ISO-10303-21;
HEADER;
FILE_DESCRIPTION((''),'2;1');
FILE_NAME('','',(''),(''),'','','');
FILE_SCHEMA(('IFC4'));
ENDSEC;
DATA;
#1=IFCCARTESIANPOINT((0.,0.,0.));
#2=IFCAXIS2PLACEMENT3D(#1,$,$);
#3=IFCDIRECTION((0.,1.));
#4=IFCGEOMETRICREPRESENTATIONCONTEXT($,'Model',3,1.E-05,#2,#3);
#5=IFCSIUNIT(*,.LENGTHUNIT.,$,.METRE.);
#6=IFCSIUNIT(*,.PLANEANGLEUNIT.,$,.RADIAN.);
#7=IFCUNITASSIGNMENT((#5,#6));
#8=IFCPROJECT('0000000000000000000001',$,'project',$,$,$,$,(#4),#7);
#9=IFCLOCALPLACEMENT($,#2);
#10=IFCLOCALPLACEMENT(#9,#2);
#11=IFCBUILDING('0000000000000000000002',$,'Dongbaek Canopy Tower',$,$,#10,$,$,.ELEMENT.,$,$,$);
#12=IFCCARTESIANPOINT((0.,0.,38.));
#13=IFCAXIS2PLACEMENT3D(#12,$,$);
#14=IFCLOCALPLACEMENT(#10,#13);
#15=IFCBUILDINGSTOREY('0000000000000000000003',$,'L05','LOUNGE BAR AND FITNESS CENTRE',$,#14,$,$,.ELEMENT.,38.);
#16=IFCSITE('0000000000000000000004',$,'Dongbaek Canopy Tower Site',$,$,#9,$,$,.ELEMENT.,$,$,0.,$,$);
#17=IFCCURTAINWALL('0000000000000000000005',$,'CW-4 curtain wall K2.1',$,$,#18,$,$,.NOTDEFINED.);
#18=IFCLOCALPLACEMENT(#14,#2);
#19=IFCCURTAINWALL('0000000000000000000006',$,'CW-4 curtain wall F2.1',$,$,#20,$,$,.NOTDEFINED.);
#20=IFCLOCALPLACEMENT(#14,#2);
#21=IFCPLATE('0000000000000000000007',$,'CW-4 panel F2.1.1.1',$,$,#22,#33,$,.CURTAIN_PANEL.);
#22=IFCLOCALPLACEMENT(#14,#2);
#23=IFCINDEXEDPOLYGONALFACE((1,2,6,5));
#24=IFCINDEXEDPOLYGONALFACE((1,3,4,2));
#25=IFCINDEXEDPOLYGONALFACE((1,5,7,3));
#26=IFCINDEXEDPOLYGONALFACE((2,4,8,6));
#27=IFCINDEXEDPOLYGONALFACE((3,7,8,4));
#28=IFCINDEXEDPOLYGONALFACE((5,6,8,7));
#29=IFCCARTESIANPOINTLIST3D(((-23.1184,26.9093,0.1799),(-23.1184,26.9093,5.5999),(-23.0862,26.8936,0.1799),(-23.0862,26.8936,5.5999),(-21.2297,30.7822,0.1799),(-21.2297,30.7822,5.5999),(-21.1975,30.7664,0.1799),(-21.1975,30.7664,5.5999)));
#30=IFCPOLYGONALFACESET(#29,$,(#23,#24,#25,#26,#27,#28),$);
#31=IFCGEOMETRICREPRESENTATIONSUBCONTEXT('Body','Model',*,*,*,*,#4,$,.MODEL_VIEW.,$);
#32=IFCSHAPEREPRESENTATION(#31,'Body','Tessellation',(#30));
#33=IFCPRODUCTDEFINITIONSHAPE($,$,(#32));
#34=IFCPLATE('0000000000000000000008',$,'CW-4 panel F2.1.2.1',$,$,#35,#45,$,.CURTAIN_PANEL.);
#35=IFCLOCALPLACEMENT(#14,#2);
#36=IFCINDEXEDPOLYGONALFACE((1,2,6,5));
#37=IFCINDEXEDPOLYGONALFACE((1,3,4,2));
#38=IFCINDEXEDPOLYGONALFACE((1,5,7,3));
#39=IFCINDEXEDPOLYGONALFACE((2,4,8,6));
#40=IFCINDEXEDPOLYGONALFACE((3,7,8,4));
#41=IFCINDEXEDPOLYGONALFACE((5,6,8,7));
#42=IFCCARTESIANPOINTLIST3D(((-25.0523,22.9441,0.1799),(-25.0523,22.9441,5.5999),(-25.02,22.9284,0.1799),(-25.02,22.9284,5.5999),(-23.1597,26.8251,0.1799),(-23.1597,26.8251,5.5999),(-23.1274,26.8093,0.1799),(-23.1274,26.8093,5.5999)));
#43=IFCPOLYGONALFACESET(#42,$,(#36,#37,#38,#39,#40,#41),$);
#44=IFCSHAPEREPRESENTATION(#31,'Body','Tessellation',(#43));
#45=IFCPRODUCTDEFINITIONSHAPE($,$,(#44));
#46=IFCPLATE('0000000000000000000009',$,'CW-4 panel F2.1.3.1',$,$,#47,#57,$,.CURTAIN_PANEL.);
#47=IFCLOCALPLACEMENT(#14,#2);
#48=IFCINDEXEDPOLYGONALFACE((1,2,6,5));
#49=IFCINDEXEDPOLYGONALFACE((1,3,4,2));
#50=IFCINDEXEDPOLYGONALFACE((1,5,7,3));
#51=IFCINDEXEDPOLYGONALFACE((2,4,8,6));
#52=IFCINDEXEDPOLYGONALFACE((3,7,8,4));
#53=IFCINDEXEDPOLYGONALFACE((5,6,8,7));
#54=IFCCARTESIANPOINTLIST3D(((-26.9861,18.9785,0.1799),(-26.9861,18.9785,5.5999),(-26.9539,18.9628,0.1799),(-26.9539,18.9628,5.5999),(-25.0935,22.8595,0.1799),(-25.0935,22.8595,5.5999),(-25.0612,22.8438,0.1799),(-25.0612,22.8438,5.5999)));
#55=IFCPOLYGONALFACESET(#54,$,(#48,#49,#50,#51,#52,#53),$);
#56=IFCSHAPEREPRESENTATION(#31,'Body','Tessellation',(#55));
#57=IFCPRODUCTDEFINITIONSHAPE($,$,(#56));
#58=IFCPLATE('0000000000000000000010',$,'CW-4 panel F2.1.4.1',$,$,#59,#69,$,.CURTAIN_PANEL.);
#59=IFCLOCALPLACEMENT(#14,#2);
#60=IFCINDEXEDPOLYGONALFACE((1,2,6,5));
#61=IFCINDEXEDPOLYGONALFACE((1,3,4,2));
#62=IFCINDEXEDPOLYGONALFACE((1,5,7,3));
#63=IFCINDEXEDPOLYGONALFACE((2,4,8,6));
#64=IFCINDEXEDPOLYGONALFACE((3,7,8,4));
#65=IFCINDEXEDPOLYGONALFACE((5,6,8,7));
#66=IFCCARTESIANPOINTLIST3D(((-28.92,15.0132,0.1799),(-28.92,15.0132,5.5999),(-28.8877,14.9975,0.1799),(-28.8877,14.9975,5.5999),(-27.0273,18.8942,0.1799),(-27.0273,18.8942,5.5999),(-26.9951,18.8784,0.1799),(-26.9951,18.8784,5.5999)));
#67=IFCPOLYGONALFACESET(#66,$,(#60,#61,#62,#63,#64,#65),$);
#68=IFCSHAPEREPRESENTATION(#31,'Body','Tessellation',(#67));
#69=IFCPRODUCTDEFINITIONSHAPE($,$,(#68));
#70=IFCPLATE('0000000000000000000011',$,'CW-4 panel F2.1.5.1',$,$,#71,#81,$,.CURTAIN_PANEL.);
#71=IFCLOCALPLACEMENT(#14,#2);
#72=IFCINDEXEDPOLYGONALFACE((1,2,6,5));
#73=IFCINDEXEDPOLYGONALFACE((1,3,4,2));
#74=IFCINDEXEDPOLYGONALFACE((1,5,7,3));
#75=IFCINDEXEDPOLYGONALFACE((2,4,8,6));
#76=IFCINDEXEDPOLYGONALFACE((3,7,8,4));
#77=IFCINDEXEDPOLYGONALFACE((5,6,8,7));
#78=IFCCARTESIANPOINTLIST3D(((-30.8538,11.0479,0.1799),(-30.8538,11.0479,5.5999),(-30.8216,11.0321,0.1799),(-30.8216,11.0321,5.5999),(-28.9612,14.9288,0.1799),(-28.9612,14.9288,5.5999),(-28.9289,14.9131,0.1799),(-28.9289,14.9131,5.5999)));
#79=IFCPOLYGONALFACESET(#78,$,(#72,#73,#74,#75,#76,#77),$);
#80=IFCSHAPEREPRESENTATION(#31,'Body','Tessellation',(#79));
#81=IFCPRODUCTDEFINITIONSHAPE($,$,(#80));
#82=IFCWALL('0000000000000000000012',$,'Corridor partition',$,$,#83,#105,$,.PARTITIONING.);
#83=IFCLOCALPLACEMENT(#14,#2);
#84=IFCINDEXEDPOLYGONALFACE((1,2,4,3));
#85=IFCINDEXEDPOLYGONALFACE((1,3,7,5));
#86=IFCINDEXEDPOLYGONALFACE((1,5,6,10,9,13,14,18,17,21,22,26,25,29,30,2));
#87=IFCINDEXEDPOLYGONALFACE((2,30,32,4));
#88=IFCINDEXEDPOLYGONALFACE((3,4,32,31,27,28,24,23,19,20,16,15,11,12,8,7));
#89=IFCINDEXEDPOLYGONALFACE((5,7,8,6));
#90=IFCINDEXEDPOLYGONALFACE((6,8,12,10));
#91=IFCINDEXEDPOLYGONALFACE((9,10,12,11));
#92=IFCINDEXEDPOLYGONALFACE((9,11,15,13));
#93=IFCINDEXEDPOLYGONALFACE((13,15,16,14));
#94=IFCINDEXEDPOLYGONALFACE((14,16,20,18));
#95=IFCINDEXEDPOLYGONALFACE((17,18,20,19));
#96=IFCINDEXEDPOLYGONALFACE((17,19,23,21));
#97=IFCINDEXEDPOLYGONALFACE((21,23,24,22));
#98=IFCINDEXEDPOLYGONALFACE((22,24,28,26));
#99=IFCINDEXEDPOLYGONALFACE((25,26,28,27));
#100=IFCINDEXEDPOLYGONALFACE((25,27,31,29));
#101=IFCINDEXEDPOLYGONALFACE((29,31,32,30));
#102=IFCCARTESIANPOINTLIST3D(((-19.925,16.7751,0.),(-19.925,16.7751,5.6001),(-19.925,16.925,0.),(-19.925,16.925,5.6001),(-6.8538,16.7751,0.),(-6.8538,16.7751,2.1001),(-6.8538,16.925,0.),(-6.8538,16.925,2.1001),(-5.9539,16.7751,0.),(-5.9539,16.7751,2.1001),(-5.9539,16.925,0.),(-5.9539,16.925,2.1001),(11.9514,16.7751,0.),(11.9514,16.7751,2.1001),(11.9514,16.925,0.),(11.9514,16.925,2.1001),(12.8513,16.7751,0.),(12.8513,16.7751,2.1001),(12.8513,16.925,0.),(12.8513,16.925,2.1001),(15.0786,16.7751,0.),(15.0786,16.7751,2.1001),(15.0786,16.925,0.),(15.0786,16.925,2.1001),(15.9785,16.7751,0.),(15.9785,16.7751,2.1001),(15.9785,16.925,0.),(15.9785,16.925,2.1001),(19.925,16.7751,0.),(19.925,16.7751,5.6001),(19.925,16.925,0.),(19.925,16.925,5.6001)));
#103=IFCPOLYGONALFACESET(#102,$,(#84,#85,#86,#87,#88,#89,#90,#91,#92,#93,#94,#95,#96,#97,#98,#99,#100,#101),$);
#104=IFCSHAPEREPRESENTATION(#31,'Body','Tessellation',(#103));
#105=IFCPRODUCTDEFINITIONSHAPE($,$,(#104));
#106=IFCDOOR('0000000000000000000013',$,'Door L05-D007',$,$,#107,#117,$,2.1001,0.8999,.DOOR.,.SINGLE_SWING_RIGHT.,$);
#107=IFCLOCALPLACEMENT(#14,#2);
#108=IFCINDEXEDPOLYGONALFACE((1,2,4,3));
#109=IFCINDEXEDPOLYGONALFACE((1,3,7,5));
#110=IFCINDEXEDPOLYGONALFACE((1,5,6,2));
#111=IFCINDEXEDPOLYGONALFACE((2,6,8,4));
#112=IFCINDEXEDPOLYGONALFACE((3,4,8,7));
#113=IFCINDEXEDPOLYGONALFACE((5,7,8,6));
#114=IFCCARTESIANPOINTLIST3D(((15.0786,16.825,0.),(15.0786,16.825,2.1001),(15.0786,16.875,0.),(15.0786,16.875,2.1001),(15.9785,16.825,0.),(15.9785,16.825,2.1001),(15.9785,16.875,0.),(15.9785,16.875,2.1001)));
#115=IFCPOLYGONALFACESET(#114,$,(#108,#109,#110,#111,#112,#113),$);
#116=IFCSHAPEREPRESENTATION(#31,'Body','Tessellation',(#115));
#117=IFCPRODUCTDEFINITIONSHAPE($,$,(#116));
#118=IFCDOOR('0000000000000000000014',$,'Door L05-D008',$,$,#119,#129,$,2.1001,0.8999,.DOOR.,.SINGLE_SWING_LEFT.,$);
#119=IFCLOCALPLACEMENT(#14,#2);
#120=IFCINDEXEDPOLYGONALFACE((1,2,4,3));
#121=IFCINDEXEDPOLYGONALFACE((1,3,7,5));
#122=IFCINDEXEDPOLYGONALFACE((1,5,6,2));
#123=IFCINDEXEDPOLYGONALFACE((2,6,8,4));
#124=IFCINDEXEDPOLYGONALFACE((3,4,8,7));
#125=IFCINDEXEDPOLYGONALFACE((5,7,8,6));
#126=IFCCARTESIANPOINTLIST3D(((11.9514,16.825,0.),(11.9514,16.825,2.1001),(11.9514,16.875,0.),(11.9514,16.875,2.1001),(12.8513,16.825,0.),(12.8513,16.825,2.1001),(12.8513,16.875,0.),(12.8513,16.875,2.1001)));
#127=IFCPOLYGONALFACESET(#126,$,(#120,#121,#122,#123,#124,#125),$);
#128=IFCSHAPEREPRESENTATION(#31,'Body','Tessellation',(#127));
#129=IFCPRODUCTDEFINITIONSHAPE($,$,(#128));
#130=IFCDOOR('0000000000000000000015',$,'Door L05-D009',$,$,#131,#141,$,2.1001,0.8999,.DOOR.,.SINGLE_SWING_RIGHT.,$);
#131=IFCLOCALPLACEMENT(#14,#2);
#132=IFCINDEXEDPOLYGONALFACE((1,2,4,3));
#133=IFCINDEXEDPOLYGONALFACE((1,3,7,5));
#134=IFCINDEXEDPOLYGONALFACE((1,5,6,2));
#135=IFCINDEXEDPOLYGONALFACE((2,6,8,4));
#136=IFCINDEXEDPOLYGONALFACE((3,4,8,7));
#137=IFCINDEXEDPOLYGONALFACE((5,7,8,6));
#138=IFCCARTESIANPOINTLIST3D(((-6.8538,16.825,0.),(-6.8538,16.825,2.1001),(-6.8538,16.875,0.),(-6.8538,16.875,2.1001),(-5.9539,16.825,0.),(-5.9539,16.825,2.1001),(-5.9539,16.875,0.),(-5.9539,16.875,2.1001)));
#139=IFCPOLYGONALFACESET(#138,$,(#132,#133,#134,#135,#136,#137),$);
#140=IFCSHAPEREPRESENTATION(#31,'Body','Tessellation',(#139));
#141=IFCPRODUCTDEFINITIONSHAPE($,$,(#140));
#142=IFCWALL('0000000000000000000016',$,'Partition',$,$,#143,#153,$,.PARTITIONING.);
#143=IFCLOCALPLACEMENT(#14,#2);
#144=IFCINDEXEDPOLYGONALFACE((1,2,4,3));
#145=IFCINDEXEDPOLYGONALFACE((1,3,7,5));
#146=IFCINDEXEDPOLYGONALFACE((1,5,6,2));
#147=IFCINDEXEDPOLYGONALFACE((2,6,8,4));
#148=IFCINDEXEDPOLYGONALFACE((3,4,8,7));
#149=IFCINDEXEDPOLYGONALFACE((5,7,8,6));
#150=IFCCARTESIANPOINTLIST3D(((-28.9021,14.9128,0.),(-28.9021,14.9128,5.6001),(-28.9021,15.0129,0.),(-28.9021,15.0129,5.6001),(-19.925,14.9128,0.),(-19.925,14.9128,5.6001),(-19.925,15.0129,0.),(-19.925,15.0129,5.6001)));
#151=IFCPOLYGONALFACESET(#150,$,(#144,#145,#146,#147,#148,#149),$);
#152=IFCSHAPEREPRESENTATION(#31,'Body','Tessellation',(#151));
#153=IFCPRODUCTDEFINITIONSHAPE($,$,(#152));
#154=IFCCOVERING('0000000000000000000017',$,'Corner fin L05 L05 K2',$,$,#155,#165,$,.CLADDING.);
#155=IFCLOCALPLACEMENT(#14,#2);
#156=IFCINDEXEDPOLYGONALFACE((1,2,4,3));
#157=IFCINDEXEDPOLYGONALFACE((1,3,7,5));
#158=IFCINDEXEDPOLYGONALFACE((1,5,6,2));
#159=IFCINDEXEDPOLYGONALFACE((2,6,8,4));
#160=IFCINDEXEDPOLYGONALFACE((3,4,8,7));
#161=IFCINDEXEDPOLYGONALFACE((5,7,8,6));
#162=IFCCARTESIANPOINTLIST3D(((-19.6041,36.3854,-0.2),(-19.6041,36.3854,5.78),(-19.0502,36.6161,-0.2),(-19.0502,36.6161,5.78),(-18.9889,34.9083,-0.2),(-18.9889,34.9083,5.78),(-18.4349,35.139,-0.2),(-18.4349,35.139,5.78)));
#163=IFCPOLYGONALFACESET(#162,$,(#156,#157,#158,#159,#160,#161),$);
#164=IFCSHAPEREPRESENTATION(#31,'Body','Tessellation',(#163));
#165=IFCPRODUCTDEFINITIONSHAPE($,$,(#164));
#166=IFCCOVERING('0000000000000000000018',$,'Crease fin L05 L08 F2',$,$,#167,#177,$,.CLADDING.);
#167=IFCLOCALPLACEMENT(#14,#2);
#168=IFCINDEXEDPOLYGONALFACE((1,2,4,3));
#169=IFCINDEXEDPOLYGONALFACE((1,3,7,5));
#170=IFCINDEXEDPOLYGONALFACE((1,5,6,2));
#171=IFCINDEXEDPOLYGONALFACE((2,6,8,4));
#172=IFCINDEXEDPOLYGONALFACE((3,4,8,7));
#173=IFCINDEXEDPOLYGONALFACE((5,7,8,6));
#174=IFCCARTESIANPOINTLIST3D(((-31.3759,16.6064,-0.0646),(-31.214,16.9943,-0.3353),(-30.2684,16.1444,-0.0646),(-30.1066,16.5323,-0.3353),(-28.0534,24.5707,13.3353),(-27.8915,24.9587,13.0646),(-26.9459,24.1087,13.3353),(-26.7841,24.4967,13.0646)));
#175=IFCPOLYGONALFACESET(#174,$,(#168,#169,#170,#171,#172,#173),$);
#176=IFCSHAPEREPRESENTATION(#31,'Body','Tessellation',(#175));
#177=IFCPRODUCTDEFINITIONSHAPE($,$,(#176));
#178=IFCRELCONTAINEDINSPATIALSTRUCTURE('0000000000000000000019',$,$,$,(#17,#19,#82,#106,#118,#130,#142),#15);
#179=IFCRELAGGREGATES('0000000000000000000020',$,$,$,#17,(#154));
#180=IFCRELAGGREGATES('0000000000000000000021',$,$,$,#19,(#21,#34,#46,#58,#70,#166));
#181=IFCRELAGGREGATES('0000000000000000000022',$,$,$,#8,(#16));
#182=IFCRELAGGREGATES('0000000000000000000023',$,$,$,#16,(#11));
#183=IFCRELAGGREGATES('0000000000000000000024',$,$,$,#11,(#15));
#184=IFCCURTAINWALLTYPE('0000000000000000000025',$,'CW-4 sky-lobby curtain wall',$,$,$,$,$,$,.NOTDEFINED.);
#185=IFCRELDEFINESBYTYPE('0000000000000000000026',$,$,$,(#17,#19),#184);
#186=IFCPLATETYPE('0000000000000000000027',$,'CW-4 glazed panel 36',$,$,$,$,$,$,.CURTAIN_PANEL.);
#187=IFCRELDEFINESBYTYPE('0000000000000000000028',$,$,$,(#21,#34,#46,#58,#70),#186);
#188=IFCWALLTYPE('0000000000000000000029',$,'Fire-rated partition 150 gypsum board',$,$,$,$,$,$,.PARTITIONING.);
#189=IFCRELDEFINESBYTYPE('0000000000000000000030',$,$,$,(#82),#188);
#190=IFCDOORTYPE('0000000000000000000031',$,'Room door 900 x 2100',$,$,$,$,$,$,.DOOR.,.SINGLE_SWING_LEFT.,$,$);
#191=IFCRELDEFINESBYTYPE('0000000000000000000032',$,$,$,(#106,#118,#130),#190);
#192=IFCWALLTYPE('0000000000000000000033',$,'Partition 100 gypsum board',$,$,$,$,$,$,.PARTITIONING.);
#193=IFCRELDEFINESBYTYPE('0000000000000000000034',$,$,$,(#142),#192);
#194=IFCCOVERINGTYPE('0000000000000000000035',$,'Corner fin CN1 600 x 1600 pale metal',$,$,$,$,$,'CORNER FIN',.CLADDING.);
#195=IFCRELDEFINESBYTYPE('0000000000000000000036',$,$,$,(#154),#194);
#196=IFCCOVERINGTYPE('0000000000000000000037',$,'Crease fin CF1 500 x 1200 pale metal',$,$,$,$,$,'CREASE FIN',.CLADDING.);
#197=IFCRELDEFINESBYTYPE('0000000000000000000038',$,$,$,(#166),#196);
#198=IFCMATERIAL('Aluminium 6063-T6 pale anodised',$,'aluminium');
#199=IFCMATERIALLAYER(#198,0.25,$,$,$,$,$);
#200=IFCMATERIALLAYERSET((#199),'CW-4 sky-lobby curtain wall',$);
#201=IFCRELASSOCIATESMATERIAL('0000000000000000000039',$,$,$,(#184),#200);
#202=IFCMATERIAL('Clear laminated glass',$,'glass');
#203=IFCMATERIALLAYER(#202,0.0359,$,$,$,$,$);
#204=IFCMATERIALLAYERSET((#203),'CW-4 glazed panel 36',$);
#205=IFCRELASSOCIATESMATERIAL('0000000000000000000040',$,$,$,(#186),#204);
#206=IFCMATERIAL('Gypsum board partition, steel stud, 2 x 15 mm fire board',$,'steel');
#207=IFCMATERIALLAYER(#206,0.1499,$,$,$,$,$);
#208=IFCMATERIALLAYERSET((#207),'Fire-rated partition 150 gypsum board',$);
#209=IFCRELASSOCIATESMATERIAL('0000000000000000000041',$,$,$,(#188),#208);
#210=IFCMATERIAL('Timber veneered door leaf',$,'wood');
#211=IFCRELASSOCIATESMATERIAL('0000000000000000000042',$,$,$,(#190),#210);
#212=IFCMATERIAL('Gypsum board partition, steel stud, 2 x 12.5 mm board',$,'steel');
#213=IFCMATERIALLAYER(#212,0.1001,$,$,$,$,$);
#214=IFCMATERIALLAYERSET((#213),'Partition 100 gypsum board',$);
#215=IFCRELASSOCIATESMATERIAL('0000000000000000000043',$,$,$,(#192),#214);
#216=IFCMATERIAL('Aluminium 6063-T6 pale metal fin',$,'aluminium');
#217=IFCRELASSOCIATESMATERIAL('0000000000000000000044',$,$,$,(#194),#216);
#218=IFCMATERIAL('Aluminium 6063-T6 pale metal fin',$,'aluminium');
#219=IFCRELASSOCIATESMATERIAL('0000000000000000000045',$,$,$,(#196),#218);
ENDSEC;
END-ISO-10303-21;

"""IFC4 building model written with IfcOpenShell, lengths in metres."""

from ifc_helpers import new_model, si_unit, direction, frame, frame_2d, origin, origin_2d, place, context, subcontext, project, spatial, rectangle, extrude, material, layer, layer_set, material_profile, profile_set, type_object, element, fill, aggregate, save


model = new_model("IFC4")

# Units and contexts
model_context = context("Model", 3, precision=1e-05, world=origin(), true_north=direction((0.0, 1.0)))
body_context = subcontext(model_context, "Body", "Model", "MODEL_VIEW")
ifc_project = project(units=[si_unit("LENGTHUNIT", "METRE"), si_unit("PLANEANGLEUNIT", "RADIAN")], contexts=[model_context])

# Site, building, storey
site_placement = place(None, origin())
site = spatial("IfcSite", under=ifc_project, at=site_placement, Name="Dongbaek Canopy Tower Site", CompositionType="ELEMENT", RefElevation=0.0)
building_placement = place(site_placement, origin())
building = spatial("IfcBuilding", under=site, at=building_placement, Name="Dongbaek Canopy Tower", CompositionType="ELEMENT")
storey_placement = place(building_placement, frame((0.0, 0.0, 38.0)))
storey = spatial("IfcBuildingStorey", under=building, at=storey_placement, Name="L05", Description="LOUNGE BAR AND FITNESS CENTRE", CompositionType="ELEMENT", Elevation=38.0)

# Curtain walls
ifc_material_1 = material(Name="Aluminium 6063-T6 pale anodised", Category="aluminium")
ifc_layer_1 = layer(ifc_material_1, 0.25)
ifc_layer_set_1 = layer_set([ifc_layer_1], Name="CW-4 sky-lobby curtain wall")
curtain_wall_type = type_object("IfcCurtainWallType", Name="CW-4 sky-lobby curtain wall", PredefinedType="NOTDEFINED", material=ifc_layer_set_1)
curtain_wall_1_placement = place(storey_placement, origin())
curtain_wall_1 = element("IfcCurtainWall", 1, at=curtain_wall_1_placement, inside=storey, type_object=curtain_wall_type, Name="CW-4 curtain wall K2.1", PredefinedType="NOTDEFINED")
curtain_wall_2_placement = place(storey_placement, origin())
curtain_wall_2 = element("IfcCurtainWall", 2, at=curtain_wall_2_placement, inside=storey, type_object=curtain_wall_type, Name="CW-4 curtain wall F2.1", PredefinedType="NOTDEFINED")

# Plates
ifc_material_2 = material(Name="Clear laminated glass", Category="glass")
ifc_layer_2 = layer(ifc_material_2, 0.0359)
ifc_layer_set_2 = layer_set([ifc_layer_2], Name="CW-4 glazed panel 36")
plate_type = type_object("IfcPlateType", Name="CW-4 glazed panel 36", PredefinedType="CURTAIN_PANEL", material=ifc_layer_set_2)
plate_1_placement = place(storey_placement, frame((-22.158, 28.8379, 0.1799), z_axis=(0.0, 0.0, 1.0), x_axis=(-0.438328, -0.898815, 0.0)))
plate_1 = element("IfcPlate", 3, at=plate_1_placement, type_object=plate_type, Name="CW-4 panel F2.1.1.1", PredefinedType="CURTAIN_PANEL", context=body_context, shape_type="SweptSolid", body=[
    extrude(rectangle(XDim=4.3088, YDim=0.0359, at=origin_2d()), origin(), (0.0, 0.0, 1.0), 5.4199),
])
plate_2_placement = place(storey_placement, frame((-24.0898, 24.8767, 0.1799), z_axis=(0.0, 0.0, 1.0), x_axis=(-0.438328, -0.898815, 0.0)))
plate_2 = element("IfcPlate", 4, at=plate_2_placement, type_object=plate_type, Name="CW-4 panel F2.1.2.1", PredefinedType="CURTAIN_PANEL", context=body_context, shape_type="SweptSolid", body=[
    extrude(rectangle(XDim=4.3179, YDim=0.0359, at=origin_2d()), origin(), (0.0, 0.0, 1.0), 5.4199),
])
plate_3_placement = place(storey_placement, frame((-26.0237, 20.9111, 0.1799), z_axis=(0.0, 0.0, 1.0), x_axis=(-0.438328, -0.898815, 0.0)))
plate_3 = element("IfcPlate", 5, at=plate_3_placement, type_object=plate_type, Name="CW-4 panel F2.1.3.1", PredefinedType="CURTAIN_PANEL", context=body_context, shape_type="SweptSolid", body=[
    extrude(rectangle(XDim=4.3179, YDim=0.0359, at=origin_2d()), origin(), (0.0, 0.0, 1.0), 5.4199),
])
plate_4_placement = place(storey_placement, frame((-27.9575, 16.9458, 0.1799), z_axis=(0.0, 0.0, 1.0), x_axis=(-0.438328, -0.898815, 0.0)))
plate_4 = element("IfcPlate", 6, at=plate_4_placement, type_object=plate_type, Name="CW-4 panel F2.1.4.1", PredefinedType="CURTAIN_PANEL", context=body_context, shape_type="SweptSolid", body=[
    extrude(rectangle(XDim=4.3179, YDim=0.0359, at=origin_2d()), origin(), (0.0, 0.0, 1.0), 5.4199),
])
plate_5_placement = place(storey_placement, frame((-29.8914, 12.9805, 0.1799), z_axis=(0.0, 0.0, 1.0), x_axis=(-0.438328, -0.898815, 0.0)))
plate_5 = element("IfcPlate", 7, at=plate_5_placement, type_object=plate_type, Name="CW-4 panel F2.1.5.1", PredefinedType="CURTAIN_PANEL", context=body_context, shape_type="SweptSolid", body=[
    extrude(rectangle(XDim=4.3179, YDim=0.0359, at=origin_2d()), origin(), (0.0, 0.0, 1.0), 5.4199),
])

# Wall, openings, doors
ifc_material_3 = material(Name="Gypsum board partition, steel stud, 2 x 15 mm fire board", Category="steel")
ifc_layer_3 = layer(ifc_material_3, 0.1499)
ifc_layer_set_3 = layer_set([ifc_layer_3], Name="Fire-rated partition 150 gypsum board")
wall_type_1 = type_object("IfcWallType", Name="Fire-rated partition 150 gypsum board", PredefinedType="PARTITIONING", material=ifc_layer_set_3)
wall_1_placement = place(storey_placement, frame((-19.925, 16.8501, 0.0), z_axis=(0.0, 0.0, 1.0), x_axis=(1.0, 0.0, 0.0)))
wall_1 = element("IfcWall", 8, at=wall_1_placement, inside=storey, type_object=wall_type_1, Name="Corridor partition", PredefinedType="PARTITIONING", context=body_context, shape_type="SweptSolid", body=[
    extrude(rectangle(XDim=39.8501, YDim=0.1499, at=frame_2d((19.925, 0.0))), origin(), (0.0, 0.0, 1.0), 5.6001),
])
opening_1_placement = place(wall_1_placement, frame((35.0037, 0.0, 0.0)))
opening_1 = element("IfcOpeningElement", 9, at=opening_1_placement, cuts=wall_1, PredefinedType="OPENING", context=body_context, shape_type="SweptSolid", body=[
    extrude(rectangle(XDim=0.8999, YDim=2.1001, at=frame_2d((0.45, 1.05))), frame((0.0, 0.085, 0.0), z_axis=(0.0, -1.0, 0.0), x_axis=(1.0, 0.0, 0.0)), (0.0, 0.0, 1.0), 0.1699),
])
opening_2_placement = place(wall_1_placement, frame((31.8765, 0.0, 0.0)))
opening_2 = element("IfcOpeningElement", 10, at=opening_2_placement, cuts=wall_1, PredefinedType="OPENING", context=body_context, shape_type="SweptSolid", body=[
    extrude(rectangle(XDim=0.8999, YDim=2.1001, at=frame_2d((0.45, 1.05))), frame((0.0, 0.085, 0.0), z_axis=(0.0, -1.0, 0.0), x_axis=(1.0, 0.0, 0.0)), (0.0, 0.0, 1.0), 0.1699),
])
opening_3_placement = place(wall_1_placement, frame((13.0713, 0.0, 0.0)))
opening_3 = element("IfcOpeningElement", 11, at=opening_3_placement, cuts=wall_1, PredefinedType="OPENING", context=body_context, shape_type="SweptSolid", body=[
    extrude(rectangle(XDim=0.8999, YDim=2.1001, at=frame_2d((0.45, 1.05))), frame((0.0, 0.085, 0.0), z_axis=(0.0, -1.0, 0.0), x_axis=(1.0, 0.0, 0.0)), (0.0, 0.0, 1.0), 0.1699),
])
ifc_material_4 = material(Name="Timber veneered door leaf", Category="wood")
door_type = type_object("IfcDoorType", Name="Room door 900 x 2100", OperationType="SINGLE_SWING_LEFT", PredefinedType="DOOR", material=ifc_material_4)
door_1_placement = place(opening_1_placement, origin())
door_1 = element("IfcDoor", 12, at=door_1_placement, inside=storey, type_object=door_type, Name="Door L05-D007", OperationType="SINGLE_SWING_RIGHT", OverallHeight=2.1001, OverallWidth=0.8999, PredefinedType="DOOR", context=body_context, shape_type="SweptSolid", body=[
    extrude(rectangle(XDim=0.8999, YDim=2.1001, at=frame_2d((0.45, 1.05))), frame((0.0, 0.0249, 0.0), z_axis=(0.0, -1.0, 0.0), x_axis=(1.0, 0.0, 0.0)), (0.0, 0.0, 1.0), 0.05),
])
fill(opening_1, door_1)
door_2_placement = place(opening_2_placement, origin())
door_2 = element("IfcDoor", 13, at=door_2_placement, inside=storey, type_object=door_type, Name="Door L05-D008", OperationType="SINGLE_SWING_LEFT", OverallHeight=2.1001, OverallWidth=0.8999, PredefinedType="DOOR", context=body_context, shape_type="SweptSolid", body=[
    extrude(rectangle(XDim=0.8999, YDim=2.1001, at=frame_2d((0.45, 1.05))), frame((0.0, 0.0249, 0.0), z_axis=(0.0, -1.0, 0.0), x_axis=(1.0, 0.0, 0.0)), (0.0, 0.0, 1.0), 0.05),
])
fill(opening_2, door_2)
door_3_placement = place(opening_3_placement, origin())
door_3 = element("IfcDoor", 14, at=door_3_placement, inside=storey, type_object=door_type, Name="Door L05-D009", OperationType="SINGLE_SWING_RIGHT", OverallHeight=2.1001, OverallWidth=0.8999, PredefinedType="DOOR", context=body_context, shape_type="SweptSolid", body=[
    extrude(rectangle(XDim=0.8999, YDim=2.1001, at=frame_2d((0.45, 1.05))), frame((0.0, 0.0249, 0.0), z_axis=(0.0, -1.0, 0.0), x_axis=(1.0, 0.0, 0.0)), (0.0, 0.0, 1.0), 0.05),
])
fill(opening_3, door_3)

# Wall
ifc_material_5 = material(Name="Gypsum board partition, steel stud, 2 x 12.5 mm board", Category="steel")
ifc_layer_4 = layer(ifc_material_5, 0.1001)
ifc_layer_set_4 = layer_set([ifc_layer_4], Name="Partition 100 gypsum board")
wall_type_2 = type_object("IfcWallType", Name="Partition 100 gypsum board", PredefinedType="PARTITIONING", material=ifc_layer_set_4)
wall_2_placement = place(storey_placement, frame((-28.9021, 14.9629, 0.0), z_axis=(0.0, 0.0, 1.0), x_axis=(1.0, 0.0, 0.0)))
element("IfcWall", 15, at=wall_2_placement, inside=storey, type_object=wall_type_2, Name="Partition", PredefinedType="PARTITIONING", context=body_context, shape_type="SweptSolid", body=[
    extrude(rectangle(XDim=8.9771, YDim=0.1001, at=frame_2d((4.4885, 0.0))), origin(), (0.0, 0.0, 1.0), 5.6001),
])

# Coverings
ifc_material_6 = material(Name="Aluminium 6063-T6 pale metal fin", Category="aluminium")
ifc_material_profile_1 = material_profile(ifc_material_6, rectangle(XDim=1.6001, YDim=0.6001, at=origin_2d()), Name="Corner fin CN1 600 x 1600 pale metal")
ifc_profile_set_1 = profile_set([ifc_material_profile_1], Name="Aluminium 6063-T6 pale metal fin")
covering_type_1 = type_object("IfcCoveringType", Name="Corner fin CN1 600 x 1600 pale metal", ElementType="CORNER FIN", PredefinedType="CLADDING", material=ifc_profile_set_1)
covering_1_placement = place(storey_placement, frame((-19.0195, 35.7622, -0.2), z_axis=(0.0, 0.0, 1.0), x_axis=(-0.384487, 0.92313, 0.0)))
covering_1 = element("IfcCovering", 16, at=covering_1_placement, type_object=covering_type_1, Name="Corner fin L05 L05 K2", PredefinedType="CLADDING", context=body_context, shape_type="SweptSolid", body=[
    extrude(rectangle(XDim=1.6001, YDim=0.6001, at=origin_2d()), origin(), (0.0, 0.0, 1.0), 5.98),
])
aggregate(curtain_wall_1, [covering_1])
ifc_material_7 = material(Name="Aluminium 6063-T6 pale metal fin", Category="aluminium")
ifc_material_profile_2 = material_profile(ifc_material_7, rectangle(XDim=1.2, YDim=0.5, at=origin_2d()), Name="Crease fin CF1 500 x 1200 pale metal")
ifc_profile_set_2 = profile_set([ifc_material_profile_2], Name="Aluminium 6063-T6 pale metal fin")
covering_type_2 = type_object("IfcCoveringType", Name="Crease fin CF1 500 x 1200 pale metal", ElementType="CREASE FIN", PredefinedType="CLADDING", material=ifc_profile_set_2)
covering_2_placement = place(storey_placement, frame((-30.7412, 16.5693, -0.2), z_axis=(0.208462, 0.499701, 0.840739), x_axis=(-0.922911, 0.385013, 0.0)))
covering_2 = element("IfcCovering", 17, at=covering_2_placement, type_object=covering_type_2, Name="Crease fin L05 L08 F2", PredefinedType="CLADDING", context=body_context, shape_type="SweptSolid", body=[
    extrude(rectangle(XDim=1.2, YDim=0.5, at=origin_2d()), origin(), (0.0, 0.0, 1.0), 15.9382),
])
aggregate(curtain_wall_2, [plate_1, plate_2, plate_3, plate_4, plate_5, covering_2])

save(model, "model.ifc")
